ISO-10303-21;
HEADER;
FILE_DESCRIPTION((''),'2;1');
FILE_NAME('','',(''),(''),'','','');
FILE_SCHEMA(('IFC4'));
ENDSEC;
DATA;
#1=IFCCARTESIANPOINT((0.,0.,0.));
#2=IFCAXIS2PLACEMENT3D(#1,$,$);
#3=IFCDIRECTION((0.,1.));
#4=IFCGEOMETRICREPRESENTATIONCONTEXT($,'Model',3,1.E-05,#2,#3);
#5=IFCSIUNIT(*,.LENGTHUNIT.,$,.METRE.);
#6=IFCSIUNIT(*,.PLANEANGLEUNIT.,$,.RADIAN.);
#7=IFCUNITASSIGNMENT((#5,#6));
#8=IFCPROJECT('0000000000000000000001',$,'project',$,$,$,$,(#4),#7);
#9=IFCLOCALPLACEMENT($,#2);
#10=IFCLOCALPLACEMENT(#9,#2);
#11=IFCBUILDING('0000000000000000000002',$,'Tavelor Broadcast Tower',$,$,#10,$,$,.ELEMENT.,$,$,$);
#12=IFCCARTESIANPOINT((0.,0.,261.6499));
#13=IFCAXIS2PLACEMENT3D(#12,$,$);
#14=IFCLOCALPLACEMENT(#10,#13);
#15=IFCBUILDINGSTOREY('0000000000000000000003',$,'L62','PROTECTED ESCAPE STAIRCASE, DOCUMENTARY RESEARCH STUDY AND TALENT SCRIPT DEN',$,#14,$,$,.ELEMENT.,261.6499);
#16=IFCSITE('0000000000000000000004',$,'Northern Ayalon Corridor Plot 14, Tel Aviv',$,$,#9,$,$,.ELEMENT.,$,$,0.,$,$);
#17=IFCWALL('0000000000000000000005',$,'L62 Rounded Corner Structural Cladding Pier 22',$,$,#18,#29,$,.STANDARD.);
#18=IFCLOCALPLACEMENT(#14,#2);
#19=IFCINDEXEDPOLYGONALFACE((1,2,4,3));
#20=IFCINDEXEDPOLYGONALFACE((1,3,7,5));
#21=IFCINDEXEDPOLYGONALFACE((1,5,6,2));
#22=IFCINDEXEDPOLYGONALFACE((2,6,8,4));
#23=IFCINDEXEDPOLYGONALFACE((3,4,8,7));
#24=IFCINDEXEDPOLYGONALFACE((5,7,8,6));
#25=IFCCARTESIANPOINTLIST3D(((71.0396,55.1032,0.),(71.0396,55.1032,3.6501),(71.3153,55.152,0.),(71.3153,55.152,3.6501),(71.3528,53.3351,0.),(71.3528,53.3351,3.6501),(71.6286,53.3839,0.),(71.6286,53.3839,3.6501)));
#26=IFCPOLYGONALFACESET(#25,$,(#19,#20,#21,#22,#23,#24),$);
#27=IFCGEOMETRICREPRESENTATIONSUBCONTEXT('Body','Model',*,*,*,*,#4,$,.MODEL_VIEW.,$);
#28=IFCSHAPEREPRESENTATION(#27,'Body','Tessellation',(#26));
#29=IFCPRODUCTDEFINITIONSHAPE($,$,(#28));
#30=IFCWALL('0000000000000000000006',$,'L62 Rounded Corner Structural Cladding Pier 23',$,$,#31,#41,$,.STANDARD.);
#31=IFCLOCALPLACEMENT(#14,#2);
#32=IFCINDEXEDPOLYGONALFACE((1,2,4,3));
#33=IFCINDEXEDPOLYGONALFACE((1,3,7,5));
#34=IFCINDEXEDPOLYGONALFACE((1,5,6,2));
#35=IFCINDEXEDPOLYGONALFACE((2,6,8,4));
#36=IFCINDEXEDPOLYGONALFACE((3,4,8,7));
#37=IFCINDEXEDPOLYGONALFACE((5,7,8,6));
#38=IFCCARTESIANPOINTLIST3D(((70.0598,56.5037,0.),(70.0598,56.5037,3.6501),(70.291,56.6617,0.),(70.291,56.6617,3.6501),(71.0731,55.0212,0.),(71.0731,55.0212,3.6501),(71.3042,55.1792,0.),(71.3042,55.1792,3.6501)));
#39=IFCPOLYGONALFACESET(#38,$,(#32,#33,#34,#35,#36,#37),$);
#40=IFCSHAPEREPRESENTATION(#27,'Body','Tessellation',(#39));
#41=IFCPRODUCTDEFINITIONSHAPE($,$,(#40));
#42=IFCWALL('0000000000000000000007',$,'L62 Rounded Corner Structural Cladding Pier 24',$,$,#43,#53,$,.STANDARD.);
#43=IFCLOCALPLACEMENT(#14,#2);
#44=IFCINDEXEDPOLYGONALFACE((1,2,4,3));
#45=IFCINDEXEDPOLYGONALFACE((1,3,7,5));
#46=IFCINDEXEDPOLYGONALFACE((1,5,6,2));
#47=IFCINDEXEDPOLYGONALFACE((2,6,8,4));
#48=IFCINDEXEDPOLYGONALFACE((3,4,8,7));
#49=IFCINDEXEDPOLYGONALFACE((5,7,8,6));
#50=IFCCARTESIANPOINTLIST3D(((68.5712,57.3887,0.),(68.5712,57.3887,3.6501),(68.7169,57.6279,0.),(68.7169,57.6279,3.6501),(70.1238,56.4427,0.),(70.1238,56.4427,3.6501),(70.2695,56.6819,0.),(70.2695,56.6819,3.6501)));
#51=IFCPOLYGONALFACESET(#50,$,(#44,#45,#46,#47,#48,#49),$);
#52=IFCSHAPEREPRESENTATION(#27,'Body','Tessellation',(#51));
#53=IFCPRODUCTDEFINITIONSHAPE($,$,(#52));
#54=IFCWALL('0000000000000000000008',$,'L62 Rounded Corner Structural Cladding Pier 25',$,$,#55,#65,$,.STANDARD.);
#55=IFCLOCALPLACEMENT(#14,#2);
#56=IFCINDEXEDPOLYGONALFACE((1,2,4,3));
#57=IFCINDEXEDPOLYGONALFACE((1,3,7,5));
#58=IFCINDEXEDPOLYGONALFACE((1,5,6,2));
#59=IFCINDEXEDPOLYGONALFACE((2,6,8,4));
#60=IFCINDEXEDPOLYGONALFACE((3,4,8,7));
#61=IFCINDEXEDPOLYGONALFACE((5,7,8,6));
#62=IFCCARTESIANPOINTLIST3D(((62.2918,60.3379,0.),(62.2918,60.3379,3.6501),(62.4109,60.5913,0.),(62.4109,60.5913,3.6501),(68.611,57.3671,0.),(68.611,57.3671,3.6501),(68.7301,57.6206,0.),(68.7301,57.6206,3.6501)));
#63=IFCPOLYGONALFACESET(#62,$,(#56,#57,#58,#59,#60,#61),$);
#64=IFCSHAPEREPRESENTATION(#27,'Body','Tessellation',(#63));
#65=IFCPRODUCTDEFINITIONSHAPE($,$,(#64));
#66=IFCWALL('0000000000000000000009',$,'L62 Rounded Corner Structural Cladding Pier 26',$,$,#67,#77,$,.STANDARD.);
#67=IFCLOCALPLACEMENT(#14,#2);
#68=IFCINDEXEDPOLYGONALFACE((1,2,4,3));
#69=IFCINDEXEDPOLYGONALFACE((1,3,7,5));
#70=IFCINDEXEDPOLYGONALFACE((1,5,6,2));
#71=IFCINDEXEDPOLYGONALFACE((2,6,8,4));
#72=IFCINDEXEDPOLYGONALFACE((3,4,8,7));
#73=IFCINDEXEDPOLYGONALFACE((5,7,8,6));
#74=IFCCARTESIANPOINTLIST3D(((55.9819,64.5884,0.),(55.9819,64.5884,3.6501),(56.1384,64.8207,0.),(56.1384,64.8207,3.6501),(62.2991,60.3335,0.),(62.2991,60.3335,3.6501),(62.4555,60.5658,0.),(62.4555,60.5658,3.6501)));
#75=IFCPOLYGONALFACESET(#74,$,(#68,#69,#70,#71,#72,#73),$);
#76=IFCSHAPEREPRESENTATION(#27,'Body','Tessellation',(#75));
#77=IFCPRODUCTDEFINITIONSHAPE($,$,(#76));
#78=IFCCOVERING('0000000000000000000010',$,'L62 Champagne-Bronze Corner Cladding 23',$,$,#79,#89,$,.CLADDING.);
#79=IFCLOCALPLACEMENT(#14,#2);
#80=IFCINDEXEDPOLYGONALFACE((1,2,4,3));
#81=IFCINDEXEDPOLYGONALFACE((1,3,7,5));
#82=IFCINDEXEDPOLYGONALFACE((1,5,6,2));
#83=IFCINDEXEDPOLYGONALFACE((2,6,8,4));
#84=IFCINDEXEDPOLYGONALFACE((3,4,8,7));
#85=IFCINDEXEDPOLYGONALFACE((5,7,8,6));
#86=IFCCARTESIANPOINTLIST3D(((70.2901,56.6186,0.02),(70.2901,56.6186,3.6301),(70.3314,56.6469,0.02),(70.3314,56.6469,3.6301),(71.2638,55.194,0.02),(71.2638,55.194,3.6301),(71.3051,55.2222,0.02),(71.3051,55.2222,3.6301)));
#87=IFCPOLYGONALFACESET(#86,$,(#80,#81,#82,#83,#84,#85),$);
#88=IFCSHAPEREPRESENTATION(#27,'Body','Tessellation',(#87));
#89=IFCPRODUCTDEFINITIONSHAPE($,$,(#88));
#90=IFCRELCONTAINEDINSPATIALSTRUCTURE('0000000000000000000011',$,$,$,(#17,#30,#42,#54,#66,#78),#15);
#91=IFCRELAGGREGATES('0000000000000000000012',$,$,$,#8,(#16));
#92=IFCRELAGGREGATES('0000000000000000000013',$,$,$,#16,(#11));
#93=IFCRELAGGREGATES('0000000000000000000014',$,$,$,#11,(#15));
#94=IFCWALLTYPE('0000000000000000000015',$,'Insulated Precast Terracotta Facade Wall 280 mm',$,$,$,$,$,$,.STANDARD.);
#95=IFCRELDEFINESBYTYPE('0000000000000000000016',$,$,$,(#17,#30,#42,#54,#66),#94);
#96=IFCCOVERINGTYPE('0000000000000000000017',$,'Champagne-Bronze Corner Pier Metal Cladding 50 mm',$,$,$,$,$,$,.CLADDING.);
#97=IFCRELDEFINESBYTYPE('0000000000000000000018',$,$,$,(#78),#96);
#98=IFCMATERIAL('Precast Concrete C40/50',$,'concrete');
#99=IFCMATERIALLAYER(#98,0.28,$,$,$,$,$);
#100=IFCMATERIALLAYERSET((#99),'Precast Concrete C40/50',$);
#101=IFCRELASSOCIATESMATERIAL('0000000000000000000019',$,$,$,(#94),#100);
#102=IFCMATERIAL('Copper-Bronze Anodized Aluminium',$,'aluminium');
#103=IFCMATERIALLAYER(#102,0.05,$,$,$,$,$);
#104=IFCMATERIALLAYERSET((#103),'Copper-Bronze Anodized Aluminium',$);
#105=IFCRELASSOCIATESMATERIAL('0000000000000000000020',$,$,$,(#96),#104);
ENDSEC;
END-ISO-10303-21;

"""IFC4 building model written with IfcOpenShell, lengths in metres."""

from ifc_helpers import new_model, si_unit, direction, frame, frame_2d, origin, origin_2d, place, context, subcontext, project, spatial, rectangle, extrude, material, layer, layer_set, type_object, element, save


model = new_model("IFC4")

# Units and contexts
model_context = context("Model", 3, precision=1e-05, world=origin(), true_north=direction((0.0, 1.0)))
body_context = subcontext(model_context, "Body", "Model", "MODEL_VIEW")
ifc_project = project(units=[si_unit("LENGTHUNIT", "METRE"), si_unit("PLANEANGLEUNIT", "RADIAN")], contexts=[model_context])

# Site, building, storey
site_placement = place(None, origin())
site = spatial("IfcSite", under=ifc_project, at=site_placement, Name="Northern Ayalon Corridor Plot 14, Tel Aviv", CompositionType="ELEMENT", RefElevation=0.0)
building_placement = place(site_placement, origin())
building = spatial("IfcBuilding", under=site, at=building_placement, Name="Tavelor Broadcast Tower", CompositionType="ELEMENT")
storey_placement = place(building_placement, frame((0.0, 0.0, 261.6499)))
storey = spatial("IfcBuildingStorey", under=building, at=storey_placement, Name="L62", Description="PROTECTED ESCAPE STAIRCASE, DOCUMENTARY RESEARCH STUDY AND TALENT SCRIPT DEN", CompositionType="ELEMENT", Elevation=261.6499)

# Walls
ifc_material_1 = material(Name="Precast Concrete C40/50", Category="concrete")
ifc_layer_1 = layer(ifc_material_1, 0.28)
ifc_layer_set_1 = layer_set([ifc_layer_1], Name="Precast Concrete C40/50")
wall_type_1 = type_object("IfcWallType", Name="Insulated Precast Terracotta Facade Wall 280 mm", PredefinedType="STANDARD", material=ifc_layer_set_1)
for number, where, z_axis, x_axis, name in (
    (1, (71.4907, 53.3594, 0.0), (0.0, 0.0, 1.0), (-0.174445, 0.984667, 0.0), "L62 Rounded Corner Structural Cladding Pier 22"),
    (2, (71.1887, 55.1001, 0.0), (0.0, 0.0, 1.0), (-0.564265, 0.825594, 0.0), "L62 Rounded Corner Structural Cladding Pier 23"),
):
    element("IfcWall", number, at=place(storey_placement, frame(where, z_axis=z_axis, x_axis=x_axis)), inside=storey, type_object=wall_type_1, Name=name, PredefinedType="STANDARD", context=body_context, shape_type="SweptSolid", body=[
        extrude(rectangle(XDim=1.7957, YDim=0.28, at=frame_2d((0.8979, 0.0))), origin(), (0.0, 0.0, 1.0), 3.6501),
    ])
wall_1_placement = place(storey_placement, frame((70.1968, 56.5623, 0.0), z_axis=(0.0, 0.0, 1.0), x_axis=(-0.853978, 0.520309, 0.0)))
element("IfcWall", 3, at=wall_1_placement, inside=storey, type_object=wall_type_1, Name="L62 Rounded Corner Structural Cladding Pier 24", PredefinedType="STANDARD", context=body_context, shape_type="SweptSolid", body=[
    extrude(rectangle(XDim=1.8181, YDim=0.28, at=frame_2d((0.9092, 0.0))), origin(), (0.0, 0.0, 1.0), 3.6501),
])
wall_2_placement = place(storey_placement, frame((68.6704, 57.4939, 0.0), z_axis=(0.0, 0.0, 1.0), x_axis=(-0.904983, 0.425447, 0.0)))
element("IfcWall", 4, at=wall_2_placement, inside=storey, type_object=wall_type_1, Name="L62 Rounded Corner Structural Cladding Pier 25", PredefinedType="STANDARD", context=body_context, shape_type="SweptSolid", body=[
    extrude(rectangle(XDim=6.9827, YDim=0.28, at=frame_2d((3.4912, 0.0))), origin(), (0.0, 0.0, 1.0), 3.6501),
])
wall_3_placement = place(storey_placement, frame((62.3772, 60.4497, 0.0), z_axis=(0.0, 0.0, 1.0), x_axis=(-0.829408, 0.558644, 0.0)))
element("IfcWall", 5, at=wall_3_placement, inside=storey, type_object=wall_type_1, Name="L62 Rounded Corner Structural Cladding Pier 26", PredefinedType="STANDARD", context=body_context, shape_type="SweptSolid", body=[
    extrude(rectangle(XDim=7.6165, YDim=0.28, at=frame_2d((3.8081, 0.0))), origin(), (0.0, 0.0, 1.0), 3.6501),
])

# Covering
ifc_material_2 = material(Name="Copper-Bronze Anodized Aluminium", Category="aluminium")
ifc_layer_2 = layer(ifc_material_2, 0.05)
ifc_layer_set_2 = layer_set([ifc_layer_2], Name="Copper-Bronze Anodized Aluminium")
covering_type = type_object("IfcCoveringType", Name="Champagne-Bronze Corner Pier Metal Cladding 50 mm", PredefinedType="CLADDING", material=ifc_layer_set_2)
covering_placement = place(storey_placement, frame((70.7976, 55.9204, 0.02), z_axis=(0.0, 0.0, 1.0), x_axis=(-0.564247, 0.825606, 0.0)))
element("IfcCovering", 6, at=covering_placement, inside=storey, type_object=covering_type, Name="L62 Champagne-Bronze Corner Cladding 23", PredefinedType="CLADDING", context=body_context, shape_type="SweptSolid", body=[
    extrude(rectangle(XDim=1.7256, YDim=0.05, at=origin_2d()), origin(), (0.0, 0.0, 1.0), 3.6101),
])

save(model, "model.ifc")
